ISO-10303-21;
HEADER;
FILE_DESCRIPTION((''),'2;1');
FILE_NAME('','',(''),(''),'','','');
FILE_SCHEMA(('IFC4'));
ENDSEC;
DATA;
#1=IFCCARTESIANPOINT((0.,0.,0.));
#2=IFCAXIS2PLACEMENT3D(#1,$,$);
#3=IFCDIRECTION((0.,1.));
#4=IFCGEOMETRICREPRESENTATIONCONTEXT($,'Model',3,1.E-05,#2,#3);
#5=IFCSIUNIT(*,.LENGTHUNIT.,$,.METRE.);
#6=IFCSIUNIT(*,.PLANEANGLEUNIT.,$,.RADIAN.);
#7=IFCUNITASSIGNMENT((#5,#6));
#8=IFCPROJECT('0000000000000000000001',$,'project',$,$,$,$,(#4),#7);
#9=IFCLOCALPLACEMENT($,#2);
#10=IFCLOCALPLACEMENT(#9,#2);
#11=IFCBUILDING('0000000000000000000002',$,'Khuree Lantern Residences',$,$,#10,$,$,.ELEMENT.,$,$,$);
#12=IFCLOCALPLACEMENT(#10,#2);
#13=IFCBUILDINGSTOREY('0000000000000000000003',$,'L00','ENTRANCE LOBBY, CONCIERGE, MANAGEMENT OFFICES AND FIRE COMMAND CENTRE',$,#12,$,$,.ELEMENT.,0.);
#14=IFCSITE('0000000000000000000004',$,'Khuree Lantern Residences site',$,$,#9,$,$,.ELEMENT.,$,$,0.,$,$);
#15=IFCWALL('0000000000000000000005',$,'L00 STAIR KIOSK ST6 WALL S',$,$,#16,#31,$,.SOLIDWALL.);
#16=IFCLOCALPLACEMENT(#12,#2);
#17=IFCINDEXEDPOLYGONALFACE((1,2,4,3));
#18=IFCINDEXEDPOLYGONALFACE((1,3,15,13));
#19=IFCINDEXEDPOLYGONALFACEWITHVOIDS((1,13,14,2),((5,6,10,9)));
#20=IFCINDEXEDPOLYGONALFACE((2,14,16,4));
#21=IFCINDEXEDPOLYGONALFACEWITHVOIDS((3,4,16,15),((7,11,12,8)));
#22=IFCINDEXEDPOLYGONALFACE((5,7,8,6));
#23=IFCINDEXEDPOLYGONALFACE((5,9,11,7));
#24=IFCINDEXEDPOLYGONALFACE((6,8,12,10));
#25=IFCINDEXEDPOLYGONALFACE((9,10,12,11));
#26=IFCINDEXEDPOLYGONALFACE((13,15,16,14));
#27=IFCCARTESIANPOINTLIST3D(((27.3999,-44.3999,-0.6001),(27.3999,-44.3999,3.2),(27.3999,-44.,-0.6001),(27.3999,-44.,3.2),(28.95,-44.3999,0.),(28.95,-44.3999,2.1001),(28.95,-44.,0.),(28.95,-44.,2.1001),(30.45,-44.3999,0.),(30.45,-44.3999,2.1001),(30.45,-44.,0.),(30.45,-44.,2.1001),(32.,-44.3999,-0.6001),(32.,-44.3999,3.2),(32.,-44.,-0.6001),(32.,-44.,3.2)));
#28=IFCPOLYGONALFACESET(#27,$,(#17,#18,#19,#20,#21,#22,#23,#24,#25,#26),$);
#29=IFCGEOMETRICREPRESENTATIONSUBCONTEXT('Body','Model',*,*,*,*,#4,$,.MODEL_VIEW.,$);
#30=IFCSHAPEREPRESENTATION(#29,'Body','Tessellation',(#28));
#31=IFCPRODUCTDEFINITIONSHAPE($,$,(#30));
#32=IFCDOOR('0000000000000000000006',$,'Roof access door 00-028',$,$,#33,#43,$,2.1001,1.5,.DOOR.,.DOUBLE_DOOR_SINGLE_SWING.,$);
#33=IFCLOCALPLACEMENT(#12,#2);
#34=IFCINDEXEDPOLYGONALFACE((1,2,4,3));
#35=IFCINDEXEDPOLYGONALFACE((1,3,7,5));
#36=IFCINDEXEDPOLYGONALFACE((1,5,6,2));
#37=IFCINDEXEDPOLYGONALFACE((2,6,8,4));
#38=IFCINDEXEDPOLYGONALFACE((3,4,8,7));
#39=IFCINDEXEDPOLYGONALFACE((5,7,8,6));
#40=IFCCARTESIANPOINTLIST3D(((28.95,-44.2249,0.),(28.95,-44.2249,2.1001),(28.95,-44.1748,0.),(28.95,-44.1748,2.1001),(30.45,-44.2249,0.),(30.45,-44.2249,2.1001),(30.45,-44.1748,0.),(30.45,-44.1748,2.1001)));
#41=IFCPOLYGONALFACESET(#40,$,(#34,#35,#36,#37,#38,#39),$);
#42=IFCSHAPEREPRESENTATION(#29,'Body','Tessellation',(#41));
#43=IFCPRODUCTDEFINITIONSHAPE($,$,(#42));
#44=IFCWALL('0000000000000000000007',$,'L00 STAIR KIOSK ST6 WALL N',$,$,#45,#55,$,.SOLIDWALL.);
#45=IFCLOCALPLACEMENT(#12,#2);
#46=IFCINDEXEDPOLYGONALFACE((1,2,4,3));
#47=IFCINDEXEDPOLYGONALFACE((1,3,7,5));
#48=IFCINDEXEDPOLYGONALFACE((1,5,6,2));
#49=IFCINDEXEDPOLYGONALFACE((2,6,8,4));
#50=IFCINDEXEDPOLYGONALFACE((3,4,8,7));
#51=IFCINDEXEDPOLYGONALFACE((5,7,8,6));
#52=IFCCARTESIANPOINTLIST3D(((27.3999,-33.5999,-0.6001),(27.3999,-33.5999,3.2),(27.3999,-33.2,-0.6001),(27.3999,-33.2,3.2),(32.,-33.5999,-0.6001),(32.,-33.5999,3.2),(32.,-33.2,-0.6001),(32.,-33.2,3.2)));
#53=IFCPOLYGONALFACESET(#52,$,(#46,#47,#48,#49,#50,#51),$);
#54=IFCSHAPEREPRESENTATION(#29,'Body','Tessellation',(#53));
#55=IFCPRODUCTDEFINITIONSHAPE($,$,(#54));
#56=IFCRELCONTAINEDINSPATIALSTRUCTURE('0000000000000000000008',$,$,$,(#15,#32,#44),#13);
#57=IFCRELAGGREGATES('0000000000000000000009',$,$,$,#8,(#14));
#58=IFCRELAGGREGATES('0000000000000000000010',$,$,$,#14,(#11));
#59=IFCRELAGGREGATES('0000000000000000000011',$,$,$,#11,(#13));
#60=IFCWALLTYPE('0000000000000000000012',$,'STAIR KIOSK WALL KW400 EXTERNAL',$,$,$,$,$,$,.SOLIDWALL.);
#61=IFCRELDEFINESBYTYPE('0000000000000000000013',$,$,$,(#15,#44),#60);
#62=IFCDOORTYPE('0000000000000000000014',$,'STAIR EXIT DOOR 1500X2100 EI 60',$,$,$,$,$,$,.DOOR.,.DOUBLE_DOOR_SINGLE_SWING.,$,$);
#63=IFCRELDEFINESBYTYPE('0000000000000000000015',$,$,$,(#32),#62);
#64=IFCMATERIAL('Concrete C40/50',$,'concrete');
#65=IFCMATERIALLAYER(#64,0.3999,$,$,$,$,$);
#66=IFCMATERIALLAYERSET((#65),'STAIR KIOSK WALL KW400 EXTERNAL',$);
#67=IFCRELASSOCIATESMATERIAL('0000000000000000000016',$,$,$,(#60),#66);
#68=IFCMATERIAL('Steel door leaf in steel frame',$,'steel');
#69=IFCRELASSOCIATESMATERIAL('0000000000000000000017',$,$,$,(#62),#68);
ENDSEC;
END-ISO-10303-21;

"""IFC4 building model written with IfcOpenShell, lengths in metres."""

from ifc_helpers import new_model, si_unit, direction, frame, frame_2d, origin, place, context, subcontext, project, spatial, rectangle, extrude, material, layer, layer_set, type_object, element, fill, save


model = new_model("IFC4")

# Units and contexts
model_context = context("Model", 3, precision=1e-05, world=origin(), true_north=direction((0.0, 1.0)))
body_context = subcontext(model_context, "Body", "Model", "MODEL_VIEW")
ifc_project = project(units=[si_unit("LENGTHUNIT", "METRE"), si_unit("PLANEANGLEUNIT", "RADIAN")], contexts=[model_context])

# Site, building, storey
site_placement = place(None, origin())
site = spatial("IfcSite", under=ifc_project, at=site_placement, Name="Khuree Lantern Residences site", CompositionType="ELEMENT", RefElevation=0.0)
building_placement = place(site_placement, origin())
building = spatial("IfcBuilding", under=site, at=building_placement, Name="Khuree Lantern Residences", CompositionType="ELEMENT")
storey_placement = place(building_placement, origin())
storey = spatial("IfcBuildingStorey", under=building, at=storey_placement, Name="L00", Description="ENTRANCE LOBBY, CONCIERGE, MANAGEMENT OFFICES AND FIRE COMMAND CENTRE", CompositionType="ELEMENT", Elevation=0.0)

# Shared definitions
ifc_material_1 = material(Name="Concrete C40/50", Category="concrete")
ifc_layer_1 = layer(ifc_material_1, 0.3999)
ifc_layer_set_1 = layer_set([ifc_layer_1], Name="STAIR KIOSK WALL KW400 EXTERNAL")
wall_type_1 = type_object("IfcWallType", Name="STAIR KIOSK WALL KW400 EXTERNAL", PredefinedType="SOLIDWALL", material=ifc_layer_set_1)

# Wall, opening, door
wall_1_placement = place(storey_placement, frame((27.3999, -44.2, -0.6001), z_axis=(0.0, 0.0, 1.0), x_axis=(1.0, 0.0, 0.0)))
wall_1 = element("IfcWall", 1, at=wall_1_placement, inside=storey, type_object=wall_type_1, Name="L00 STAIR KIOSK ST6 WALL S", PredefinedType="SOLIDWALL", context=body_context, shape_type="SweptSolid", body=[
    extrude(rectangle(XDim=4.6001, YDim=0.3999, at=frame_2d((2.3, 0.0))), origin(), (0.0, 0.0, 1.0), 3.8),
])
opening_1_placement = place(wall_1_placement, frame((3.05, 0.0, 0.6001), z_axis=(0.0, 0.0, 1.0), x_axis=(-1.0, 0.0, 0.0)))
opening_1 = element("IfcOpeningElement", 2, at=opening_1_placement, cuts=wall_1, PredefinedType="OPENING", context=body_context, shape_type="SweptSolid", body=[
    extrude(rectangle(XDim=1.5, YDim=2.1001, at=frame_2d((0.75, 1.05))), frame((0.0, 0.21, 0.0), z_axis=(0.0, -1.0, 0.0), x_axis=(1.0, 0.0, 0.0)), (0.0, 0.0, 1.0), 0.4199),
])
ifc_material_2 = material(Name="Steel door leaf in steel frame", Category="steel")
door_type_1 = type_object("IfcDoorType", Name="STAIR EXIT DOOR 1500X2100 EI 60", OperationType="DOUBLE_DOOR_SINGLE_SWING", PredefinedType="DOOR", material=ifc_material_2)
door_1_placement = place(opening_1_placement, origin())
door_1 = element("IfcDoor", 3, at=door_1_placement, inside=storey, type_object=door_type_1, Name="Roof access door 00-028", OperationType="DOUBLE_DOOR_SINGLE_SWING", OverallHeight=2.1001, OverallWidth=1.5, PredefinedType="DOOR", context=body_context, shape_type="SweptSolid", body=[
    extrude(rectangle(XDim=1.5, YDim=2.1001, at=frame_2d((0.75, 1.05))), frame((0.0, 0.0249, 0.0), z_axis=(0.0, -1.0, 0.0), x_axis=(1.0, 0.0, 0.0)), (0.0, 0.0, 1.0), 0.05),
])
fill(opening_1, door_1)

# Wall
wall_2_placement = place(storey_placement, frame((27.3999, -33.3999, -0.6001), z_axis=(0.0, 0.0, 1.0), x_axis=(1.0, 0.0, 0.0)))
element("IfcWall", 4, at=wall_2_placement, inside=storey, type_object=wall_type_1, Name="L00 STAIR KIOSK ST6 WALL N", PredefinedType="SOLIDWALL", context=body_context, shape_type="SweptSolid", body=[
    extrude(rectangle(XDim=4.6001, YDim=0.3999, at=frame_2d((2.3, 0.0))), origin(), (0.0, 0.0, 1.0), 3.8),
])

save(model, "model.ifc")
